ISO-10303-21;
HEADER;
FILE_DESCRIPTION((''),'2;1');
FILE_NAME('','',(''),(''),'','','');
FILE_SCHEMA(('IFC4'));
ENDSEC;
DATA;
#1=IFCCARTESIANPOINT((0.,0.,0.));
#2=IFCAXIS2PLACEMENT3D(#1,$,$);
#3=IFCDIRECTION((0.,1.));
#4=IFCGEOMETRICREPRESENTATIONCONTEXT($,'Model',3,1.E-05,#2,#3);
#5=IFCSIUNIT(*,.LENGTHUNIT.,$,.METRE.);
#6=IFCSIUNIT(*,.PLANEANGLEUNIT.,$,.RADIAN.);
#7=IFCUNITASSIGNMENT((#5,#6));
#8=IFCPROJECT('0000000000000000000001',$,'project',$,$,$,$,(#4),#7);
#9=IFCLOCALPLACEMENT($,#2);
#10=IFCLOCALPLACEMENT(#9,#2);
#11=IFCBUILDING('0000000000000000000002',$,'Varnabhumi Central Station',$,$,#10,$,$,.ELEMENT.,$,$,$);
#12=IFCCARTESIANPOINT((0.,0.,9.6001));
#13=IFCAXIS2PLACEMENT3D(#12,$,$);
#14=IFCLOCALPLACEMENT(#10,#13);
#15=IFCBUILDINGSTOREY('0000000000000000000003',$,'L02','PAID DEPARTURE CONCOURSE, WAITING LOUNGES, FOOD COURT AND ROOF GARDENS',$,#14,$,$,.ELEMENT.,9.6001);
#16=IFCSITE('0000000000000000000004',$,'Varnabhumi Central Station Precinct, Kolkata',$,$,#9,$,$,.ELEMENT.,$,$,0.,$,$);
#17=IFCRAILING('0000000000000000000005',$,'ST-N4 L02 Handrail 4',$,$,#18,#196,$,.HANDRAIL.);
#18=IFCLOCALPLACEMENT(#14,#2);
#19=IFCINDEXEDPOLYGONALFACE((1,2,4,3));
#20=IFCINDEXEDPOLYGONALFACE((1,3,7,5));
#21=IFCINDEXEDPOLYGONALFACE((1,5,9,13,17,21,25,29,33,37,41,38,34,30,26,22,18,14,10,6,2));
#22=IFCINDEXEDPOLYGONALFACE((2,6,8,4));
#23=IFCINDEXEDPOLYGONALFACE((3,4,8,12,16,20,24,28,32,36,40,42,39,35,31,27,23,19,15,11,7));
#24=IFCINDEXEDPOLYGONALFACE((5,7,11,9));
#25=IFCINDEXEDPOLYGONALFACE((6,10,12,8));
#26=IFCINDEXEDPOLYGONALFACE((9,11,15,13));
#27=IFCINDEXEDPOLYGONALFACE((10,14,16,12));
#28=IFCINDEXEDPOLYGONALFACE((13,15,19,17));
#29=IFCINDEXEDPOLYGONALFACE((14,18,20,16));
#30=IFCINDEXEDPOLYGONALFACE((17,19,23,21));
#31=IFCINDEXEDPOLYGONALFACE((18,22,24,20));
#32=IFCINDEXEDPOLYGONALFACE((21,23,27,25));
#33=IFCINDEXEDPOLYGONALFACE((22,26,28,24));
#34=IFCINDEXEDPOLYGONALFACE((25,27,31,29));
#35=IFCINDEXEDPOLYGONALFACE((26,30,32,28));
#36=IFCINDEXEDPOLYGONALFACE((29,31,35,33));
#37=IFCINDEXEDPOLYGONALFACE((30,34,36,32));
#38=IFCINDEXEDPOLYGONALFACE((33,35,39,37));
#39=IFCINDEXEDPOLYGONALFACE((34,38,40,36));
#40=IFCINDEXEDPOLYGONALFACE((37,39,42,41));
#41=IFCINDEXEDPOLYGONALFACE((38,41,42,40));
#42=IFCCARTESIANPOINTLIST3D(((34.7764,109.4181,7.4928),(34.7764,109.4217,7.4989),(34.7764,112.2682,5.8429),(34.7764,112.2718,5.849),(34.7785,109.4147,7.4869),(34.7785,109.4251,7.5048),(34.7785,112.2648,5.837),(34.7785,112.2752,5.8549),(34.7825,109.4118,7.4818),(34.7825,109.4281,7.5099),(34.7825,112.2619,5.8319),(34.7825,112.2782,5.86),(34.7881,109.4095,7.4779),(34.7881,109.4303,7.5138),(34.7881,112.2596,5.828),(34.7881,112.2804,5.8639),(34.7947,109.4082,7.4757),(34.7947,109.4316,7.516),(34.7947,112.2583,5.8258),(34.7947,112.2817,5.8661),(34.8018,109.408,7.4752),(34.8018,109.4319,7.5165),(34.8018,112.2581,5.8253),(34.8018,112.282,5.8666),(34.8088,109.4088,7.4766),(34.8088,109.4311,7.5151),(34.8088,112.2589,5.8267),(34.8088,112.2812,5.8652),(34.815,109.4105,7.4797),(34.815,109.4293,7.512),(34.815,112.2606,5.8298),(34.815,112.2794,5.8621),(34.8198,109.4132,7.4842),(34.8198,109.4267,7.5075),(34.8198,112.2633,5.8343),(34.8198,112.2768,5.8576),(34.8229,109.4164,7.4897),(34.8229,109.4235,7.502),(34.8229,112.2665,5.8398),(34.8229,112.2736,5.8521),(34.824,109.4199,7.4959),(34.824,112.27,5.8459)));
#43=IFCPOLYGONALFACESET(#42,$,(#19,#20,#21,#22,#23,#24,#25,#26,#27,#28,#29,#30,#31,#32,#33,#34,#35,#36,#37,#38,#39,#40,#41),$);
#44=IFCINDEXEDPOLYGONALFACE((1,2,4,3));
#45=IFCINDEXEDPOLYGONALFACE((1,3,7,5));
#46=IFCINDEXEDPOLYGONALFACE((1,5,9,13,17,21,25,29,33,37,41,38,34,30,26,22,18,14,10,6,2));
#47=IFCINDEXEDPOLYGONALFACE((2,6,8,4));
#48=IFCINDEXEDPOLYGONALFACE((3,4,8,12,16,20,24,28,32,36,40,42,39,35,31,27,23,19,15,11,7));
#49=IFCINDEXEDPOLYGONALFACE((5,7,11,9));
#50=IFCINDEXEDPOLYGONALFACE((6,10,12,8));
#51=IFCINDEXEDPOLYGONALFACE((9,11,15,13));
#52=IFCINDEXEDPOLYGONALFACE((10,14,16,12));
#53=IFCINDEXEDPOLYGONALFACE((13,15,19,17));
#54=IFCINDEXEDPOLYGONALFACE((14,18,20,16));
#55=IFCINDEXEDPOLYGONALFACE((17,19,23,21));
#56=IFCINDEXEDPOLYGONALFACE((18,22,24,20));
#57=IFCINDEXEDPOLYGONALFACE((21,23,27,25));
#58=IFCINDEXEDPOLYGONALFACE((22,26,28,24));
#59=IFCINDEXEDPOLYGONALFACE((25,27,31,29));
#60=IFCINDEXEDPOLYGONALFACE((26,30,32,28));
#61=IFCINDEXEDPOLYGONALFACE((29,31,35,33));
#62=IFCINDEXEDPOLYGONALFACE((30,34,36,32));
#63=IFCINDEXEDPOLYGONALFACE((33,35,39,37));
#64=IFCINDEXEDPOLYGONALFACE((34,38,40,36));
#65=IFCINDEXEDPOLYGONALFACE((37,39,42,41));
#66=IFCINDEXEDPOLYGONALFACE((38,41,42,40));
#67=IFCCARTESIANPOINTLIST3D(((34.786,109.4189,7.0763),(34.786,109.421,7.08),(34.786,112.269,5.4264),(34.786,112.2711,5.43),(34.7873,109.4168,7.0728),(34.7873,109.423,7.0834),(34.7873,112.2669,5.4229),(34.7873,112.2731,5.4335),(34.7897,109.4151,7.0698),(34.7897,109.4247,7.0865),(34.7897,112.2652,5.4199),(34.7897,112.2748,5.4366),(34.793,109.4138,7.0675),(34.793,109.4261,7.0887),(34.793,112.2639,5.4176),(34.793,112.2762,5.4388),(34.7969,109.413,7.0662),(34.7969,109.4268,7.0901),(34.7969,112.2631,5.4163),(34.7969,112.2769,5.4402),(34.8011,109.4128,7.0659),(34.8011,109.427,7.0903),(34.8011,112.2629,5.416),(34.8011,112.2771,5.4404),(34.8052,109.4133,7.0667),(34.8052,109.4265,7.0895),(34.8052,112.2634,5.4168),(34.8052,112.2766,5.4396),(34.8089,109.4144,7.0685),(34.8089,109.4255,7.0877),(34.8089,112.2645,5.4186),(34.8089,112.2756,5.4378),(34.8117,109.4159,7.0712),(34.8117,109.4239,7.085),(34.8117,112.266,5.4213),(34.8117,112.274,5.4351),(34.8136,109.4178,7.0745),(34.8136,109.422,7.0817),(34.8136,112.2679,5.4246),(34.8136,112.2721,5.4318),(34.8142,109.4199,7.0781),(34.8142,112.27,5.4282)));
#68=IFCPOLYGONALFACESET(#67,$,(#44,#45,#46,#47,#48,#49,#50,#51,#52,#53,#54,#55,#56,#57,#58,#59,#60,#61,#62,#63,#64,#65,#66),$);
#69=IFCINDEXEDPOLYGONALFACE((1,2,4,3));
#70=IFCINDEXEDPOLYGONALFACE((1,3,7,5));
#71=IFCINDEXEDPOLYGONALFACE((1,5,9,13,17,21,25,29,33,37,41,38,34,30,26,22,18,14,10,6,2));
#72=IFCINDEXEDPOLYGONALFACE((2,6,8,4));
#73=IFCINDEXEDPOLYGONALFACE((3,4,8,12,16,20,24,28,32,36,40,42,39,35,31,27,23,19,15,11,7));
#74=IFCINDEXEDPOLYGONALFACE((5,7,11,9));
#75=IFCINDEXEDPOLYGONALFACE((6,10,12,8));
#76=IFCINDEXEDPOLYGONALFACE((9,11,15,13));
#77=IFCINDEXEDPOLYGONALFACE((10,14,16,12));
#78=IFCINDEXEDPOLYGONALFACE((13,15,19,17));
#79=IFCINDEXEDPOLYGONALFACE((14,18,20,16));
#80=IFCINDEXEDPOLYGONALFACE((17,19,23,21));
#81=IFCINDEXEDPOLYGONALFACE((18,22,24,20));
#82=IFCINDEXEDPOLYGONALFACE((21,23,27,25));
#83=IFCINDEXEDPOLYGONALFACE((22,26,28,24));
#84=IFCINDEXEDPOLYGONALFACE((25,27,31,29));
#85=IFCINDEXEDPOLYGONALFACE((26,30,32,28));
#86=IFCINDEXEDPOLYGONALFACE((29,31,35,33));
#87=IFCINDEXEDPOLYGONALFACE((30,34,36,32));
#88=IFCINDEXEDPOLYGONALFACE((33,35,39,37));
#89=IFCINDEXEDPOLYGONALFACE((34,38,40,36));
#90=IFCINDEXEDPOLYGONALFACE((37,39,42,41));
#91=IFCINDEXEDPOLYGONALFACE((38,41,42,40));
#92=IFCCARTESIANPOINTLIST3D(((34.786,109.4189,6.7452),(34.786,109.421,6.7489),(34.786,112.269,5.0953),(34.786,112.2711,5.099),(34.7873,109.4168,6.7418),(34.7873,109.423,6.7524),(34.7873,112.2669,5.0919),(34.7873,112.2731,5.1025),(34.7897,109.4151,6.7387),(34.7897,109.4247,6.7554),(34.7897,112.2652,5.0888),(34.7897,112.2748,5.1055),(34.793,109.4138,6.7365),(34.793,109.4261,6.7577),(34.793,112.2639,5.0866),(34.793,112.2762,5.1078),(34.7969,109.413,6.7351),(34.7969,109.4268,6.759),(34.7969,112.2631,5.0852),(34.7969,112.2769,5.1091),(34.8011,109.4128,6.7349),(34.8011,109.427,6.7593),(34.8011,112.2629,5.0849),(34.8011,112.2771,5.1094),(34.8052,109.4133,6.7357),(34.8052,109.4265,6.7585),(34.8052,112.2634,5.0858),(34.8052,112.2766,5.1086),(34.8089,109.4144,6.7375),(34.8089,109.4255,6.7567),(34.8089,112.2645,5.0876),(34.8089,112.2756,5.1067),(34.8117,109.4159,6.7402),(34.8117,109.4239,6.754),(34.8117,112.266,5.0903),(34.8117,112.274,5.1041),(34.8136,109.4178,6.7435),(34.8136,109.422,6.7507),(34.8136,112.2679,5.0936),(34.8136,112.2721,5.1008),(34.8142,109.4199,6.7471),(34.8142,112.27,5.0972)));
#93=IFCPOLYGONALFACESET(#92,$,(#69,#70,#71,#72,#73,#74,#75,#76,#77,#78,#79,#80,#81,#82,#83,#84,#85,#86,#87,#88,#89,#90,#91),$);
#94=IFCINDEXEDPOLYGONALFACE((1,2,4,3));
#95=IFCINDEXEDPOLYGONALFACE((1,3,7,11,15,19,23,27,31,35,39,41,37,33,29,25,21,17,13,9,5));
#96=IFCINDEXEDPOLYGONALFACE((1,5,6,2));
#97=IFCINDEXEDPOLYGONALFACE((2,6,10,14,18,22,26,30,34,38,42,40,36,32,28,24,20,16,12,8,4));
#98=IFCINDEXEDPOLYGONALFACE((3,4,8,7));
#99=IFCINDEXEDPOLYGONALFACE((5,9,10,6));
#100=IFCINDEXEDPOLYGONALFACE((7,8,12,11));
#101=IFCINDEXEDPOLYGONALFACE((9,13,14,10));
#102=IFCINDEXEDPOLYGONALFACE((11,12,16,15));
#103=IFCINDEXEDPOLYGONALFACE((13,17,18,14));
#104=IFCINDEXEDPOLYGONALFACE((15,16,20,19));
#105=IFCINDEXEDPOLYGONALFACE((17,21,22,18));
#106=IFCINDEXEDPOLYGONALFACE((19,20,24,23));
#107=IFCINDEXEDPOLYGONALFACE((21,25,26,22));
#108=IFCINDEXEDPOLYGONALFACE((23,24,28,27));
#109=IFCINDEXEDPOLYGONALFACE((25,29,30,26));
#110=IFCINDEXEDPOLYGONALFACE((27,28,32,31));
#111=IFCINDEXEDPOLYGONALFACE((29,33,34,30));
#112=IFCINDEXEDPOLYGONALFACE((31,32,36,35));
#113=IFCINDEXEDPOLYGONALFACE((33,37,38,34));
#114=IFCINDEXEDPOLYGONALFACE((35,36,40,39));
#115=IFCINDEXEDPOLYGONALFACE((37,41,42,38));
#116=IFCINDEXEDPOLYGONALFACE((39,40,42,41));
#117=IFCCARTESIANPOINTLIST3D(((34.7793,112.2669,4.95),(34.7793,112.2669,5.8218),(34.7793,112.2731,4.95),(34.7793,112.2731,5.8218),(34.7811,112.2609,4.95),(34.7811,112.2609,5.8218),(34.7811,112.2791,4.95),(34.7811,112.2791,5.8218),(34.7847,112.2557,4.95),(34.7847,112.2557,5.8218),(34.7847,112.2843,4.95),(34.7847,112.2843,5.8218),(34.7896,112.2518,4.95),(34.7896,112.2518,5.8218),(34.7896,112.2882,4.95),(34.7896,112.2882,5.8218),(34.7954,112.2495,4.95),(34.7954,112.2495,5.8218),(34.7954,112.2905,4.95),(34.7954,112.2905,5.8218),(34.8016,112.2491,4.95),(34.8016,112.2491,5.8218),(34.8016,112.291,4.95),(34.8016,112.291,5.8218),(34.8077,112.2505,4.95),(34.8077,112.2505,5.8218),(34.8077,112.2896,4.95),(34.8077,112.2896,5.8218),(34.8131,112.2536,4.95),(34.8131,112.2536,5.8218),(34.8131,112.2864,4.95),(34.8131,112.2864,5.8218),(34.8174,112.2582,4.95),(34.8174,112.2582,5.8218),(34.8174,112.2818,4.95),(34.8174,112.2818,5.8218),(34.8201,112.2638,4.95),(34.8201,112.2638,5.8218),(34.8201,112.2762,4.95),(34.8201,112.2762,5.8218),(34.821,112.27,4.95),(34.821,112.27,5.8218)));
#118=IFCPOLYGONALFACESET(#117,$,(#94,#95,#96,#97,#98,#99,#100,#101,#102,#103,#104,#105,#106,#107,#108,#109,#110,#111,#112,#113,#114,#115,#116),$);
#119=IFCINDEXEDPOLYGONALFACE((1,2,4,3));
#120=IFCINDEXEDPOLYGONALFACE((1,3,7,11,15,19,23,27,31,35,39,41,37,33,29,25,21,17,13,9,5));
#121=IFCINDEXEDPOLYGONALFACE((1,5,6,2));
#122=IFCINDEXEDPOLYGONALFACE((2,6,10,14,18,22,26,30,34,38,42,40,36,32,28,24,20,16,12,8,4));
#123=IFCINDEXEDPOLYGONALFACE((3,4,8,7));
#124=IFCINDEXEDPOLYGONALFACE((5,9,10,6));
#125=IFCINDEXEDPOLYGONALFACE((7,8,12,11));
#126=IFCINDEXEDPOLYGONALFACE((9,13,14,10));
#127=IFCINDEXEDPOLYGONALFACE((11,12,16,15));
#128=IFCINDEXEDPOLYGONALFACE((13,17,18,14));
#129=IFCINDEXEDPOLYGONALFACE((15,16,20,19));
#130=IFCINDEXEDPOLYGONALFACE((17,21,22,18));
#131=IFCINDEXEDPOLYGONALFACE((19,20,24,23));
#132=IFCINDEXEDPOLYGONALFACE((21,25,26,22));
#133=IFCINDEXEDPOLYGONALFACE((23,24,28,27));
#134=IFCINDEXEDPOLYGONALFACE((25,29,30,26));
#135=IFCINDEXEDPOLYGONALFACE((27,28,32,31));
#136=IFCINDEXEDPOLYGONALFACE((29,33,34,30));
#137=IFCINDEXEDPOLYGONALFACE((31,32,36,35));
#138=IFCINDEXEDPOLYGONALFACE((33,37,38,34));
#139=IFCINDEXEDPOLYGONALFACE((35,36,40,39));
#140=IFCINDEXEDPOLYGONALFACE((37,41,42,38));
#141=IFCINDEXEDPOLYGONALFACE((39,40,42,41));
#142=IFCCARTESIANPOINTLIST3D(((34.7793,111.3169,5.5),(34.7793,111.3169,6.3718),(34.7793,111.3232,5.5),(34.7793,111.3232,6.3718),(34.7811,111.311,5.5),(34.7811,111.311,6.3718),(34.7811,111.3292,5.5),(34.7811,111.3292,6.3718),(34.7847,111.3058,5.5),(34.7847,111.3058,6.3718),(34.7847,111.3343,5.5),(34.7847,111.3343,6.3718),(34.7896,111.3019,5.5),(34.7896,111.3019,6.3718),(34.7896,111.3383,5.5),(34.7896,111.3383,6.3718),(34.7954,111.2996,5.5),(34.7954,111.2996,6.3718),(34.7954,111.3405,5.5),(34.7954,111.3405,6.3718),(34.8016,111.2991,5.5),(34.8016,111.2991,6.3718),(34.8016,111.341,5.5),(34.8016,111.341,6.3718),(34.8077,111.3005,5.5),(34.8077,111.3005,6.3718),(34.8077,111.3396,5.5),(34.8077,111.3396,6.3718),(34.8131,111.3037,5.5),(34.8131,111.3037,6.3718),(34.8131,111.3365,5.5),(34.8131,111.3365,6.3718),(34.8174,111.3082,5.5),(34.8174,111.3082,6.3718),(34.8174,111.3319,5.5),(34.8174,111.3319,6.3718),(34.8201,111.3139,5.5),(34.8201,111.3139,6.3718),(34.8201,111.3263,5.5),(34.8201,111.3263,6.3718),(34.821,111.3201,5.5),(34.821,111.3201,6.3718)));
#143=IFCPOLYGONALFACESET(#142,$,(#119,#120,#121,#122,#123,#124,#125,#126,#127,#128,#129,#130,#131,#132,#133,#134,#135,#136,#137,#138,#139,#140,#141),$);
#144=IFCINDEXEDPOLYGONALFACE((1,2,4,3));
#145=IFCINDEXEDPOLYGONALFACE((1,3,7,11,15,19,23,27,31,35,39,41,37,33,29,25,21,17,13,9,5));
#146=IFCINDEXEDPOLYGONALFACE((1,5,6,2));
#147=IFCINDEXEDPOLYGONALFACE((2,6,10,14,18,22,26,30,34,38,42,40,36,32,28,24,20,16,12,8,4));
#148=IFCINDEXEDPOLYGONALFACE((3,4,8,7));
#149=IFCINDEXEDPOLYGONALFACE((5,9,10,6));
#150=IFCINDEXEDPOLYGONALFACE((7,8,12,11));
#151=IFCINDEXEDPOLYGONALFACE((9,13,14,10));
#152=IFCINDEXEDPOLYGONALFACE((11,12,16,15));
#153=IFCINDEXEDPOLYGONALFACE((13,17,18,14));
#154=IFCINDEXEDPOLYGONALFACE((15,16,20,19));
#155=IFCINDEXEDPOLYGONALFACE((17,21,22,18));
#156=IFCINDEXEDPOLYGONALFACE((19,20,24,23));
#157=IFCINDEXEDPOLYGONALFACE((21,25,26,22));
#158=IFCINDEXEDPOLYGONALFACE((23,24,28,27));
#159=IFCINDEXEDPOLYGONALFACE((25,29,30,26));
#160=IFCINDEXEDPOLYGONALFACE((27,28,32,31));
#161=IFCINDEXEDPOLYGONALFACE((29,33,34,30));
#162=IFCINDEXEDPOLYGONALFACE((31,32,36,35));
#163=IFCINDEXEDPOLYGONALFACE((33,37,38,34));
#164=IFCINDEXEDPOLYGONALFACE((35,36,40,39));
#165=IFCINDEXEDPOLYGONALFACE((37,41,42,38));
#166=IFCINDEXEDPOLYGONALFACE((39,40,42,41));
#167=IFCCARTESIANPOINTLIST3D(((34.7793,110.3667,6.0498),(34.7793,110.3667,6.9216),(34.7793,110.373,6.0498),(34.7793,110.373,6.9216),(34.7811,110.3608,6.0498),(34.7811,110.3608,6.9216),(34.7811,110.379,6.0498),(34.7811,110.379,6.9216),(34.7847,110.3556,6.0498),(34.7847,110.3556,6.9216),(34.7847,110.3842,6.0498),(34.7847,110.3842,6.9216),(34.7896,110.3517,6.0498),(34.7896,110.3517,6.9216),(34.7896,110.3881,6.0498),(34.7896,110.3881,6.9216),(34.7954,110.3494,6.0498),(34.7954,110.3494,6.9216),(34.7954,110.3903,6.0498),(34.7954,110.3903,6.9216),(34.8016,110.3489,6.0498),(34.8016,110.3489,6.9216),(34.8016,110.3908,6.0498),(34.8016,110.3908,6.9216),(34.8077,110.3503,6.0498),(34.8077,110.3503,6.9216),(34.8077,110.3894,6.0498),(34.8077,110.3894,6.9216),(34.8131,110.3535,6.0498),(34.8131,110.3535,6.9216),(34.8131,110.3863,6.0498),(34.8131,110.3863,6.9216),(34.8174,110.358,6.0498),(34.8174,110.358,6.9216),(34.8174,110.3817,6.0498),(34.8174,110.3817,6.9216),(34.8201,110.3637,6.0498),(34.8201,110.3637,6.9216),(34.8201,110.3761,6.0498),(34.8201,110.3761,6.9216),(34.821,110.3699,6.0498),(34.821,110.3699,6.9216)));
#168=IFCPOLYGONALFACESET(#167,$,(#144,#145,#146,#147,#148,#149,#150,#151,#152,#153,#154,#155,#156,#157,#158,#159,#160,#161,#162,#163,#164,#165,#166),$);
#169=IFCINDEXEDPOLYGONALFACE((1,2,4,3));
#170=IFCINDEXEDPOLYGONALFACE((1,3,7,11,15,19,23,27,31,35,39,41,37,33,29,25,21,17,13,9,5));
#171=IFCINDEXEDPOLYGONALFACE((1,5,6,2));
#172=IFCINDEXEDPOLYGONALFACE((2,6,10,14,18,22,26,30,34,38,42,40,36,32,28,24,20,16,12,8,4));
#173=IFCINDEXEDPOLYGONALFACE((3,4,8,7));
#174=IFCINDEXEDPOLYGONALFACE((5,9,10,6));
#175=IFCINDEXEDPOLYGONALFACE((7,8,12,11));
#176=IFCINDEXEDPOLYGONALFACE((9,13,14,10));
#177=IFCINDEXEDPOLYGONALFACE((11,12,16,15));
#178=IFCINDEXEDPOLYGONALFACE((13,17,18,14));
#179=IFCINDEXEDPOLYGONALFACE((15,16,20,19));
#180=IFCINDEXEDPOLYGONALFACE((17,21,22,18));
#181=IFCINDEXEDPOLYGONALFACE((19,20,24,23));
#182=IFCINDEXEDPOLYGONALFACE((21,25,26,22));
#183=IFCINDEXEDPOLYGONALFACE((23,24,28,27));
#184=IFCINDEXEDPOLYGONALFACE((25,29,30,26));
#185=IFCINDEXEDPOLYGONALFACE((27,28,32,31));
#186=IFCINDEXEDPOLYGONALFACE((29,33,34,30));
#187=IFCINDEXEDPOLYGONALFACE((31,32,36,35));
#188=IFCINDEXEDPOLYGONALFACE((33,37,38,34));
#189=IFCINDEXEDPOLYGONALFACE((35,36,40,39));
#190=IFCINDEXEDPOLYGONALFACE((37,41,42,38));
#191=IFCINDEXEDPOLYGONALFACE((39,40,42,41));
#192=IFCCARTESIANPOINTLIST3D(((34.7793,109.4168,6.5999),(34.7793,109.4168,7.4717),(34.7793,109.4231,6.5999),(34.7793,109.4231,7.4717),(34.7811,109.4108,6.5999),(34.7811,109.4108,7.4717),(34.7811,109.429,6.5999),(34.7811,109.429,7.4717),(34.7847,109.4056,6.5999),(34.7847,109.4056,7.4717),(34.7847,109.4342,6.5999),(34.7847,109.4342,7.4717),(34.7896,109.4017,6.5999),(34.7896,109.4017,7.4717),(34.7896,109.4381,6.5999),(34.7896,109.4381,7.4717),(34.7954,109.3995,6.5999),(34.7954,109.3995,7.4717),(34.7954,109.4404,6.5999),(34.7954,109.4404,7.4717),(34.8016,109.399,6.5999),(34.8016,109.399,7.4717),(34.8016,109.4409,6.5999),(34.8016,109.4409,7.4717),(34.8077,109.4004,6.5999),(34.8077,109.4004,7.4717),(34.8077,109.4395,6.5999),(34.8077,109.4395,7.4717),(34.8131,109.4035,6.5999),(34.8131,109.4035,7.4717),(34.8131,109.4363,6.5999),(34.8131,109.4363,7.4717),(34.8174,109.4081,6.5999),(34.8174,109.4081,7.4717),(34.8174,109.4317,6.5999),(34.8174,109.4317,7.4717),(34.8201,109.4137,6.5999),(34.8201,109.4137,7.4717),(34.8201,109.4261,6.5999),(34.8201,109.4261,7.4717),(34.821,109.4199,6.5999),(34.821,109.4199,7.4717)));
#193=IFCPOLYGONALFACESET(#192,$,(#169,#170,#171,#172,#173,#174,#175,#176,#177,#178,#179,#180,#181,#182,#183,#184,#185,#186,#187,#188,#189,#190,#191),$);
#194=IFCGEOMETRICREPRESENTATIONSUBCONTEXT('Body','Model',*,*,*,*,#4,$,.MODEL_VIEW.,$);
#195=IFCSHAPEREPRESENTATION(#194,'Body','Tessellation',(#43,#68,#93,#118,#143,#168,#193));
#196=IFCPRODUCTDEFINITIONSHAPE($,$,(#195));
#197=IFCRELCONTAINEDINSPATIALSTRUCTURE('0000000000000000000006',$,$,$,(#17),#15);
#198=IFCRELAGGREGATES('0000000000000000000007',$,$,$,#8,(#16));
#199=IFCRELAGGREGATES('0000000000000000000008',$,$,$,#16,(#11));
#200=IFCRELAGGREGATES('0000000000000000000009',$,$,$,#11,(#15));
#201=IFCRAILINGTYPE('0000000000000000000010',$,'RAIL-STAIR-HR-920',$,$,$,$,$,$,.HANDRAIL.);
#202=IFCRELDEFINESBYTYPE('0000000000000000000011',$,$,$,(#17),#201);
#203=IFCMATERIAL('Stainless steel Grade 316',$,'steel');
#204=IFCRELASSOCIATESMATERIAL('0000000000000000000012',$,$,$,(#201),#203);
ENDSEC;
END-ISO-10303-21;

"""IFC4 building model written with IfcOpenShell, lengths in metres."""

from ifc_helpers import new_model, si_unit, direction, frame, origin, origin_2d, place, context, subcontext, project, spatial, circle, extrude, material, type_object, element, save


model = new_model("IFC4")

# Units and contexts
model_context = context("Model", 3, precision=1e-05, world=origin(), true_north=direction((0.0, 1.0)))
body_context = subcontext(model_context, "Body", "Model", "MODEL_VIEW")
ifc_project = project(units=[si_unit("LENGTHUNIT", "METRE"), si_unit("PLANEANGLEUNIT", "RADIAN")], contexts=[model_context])

# Site, building, storey
site_placement = place(None, origin())
site = spatial("IfcSite", under=ifc_project, at=site_placement, Name="Varnabhumi Central Station Precinct, Kolkata", CompositionType="ELEMENT", RefElevation=0.0)
building_placement = place(site_placement, origin())
building = spatial("IfcBuilding", under=site, at=building_placement, Name="Varnabhumi Central Station", CompositionType="ELEMENT")
storey_placement = place(building_placement, frame((0.0, 0.0, 9.6001)))
storey = spatial("IfcBuildingStorey", under=building, at=storey_placement, Name="L02", Description="PAID DEPARTURE CONCOURSE, WAITING LOUNGES, FOOD COURT AND ROOF GARDENS", CompositionType="ELEMENT", Elevation=9.6001)

# Shared definitions
ifc_material_1 = material(Name="Stainless steel Grade 316", Category="steel")

# Railing
railing_type_1 = type_object("IfcRailingType", Name="RAIL-STAIR-HR-920", PredefinedType="HANDRAIL", material=ifc_material_1)
railing_1_placement = place(storey_placement, frame((34.8, 112.27, 4.95)))
element("IfcRailing", 1, at=railing_1_placement, inside=storey, type_object=railing_type_1, Name="ST-N4 L02 Handrail 4", PredefinedType="HANDRAIL", context=body_context, shape_type="SweptSolid", body=[
    extrude(circle(Radius=0.0239, at=origin_2d()), frame((0.0, 0.0, 0.896), z_axis=(0.0, -0.865447, 0.501001), x_axis=(1.0, 0.0, 0.0)), (0.0, 0.0, 1.0), 3.2932),
    extrude(circle(Radius=0.0142, at=origin_2d()), frame((0.0, 0.0, 0.4783), z_axis=(0.0, -0.865447, 0.501001), x_axis=(1.0, 0.0, 0.0)), (0.0, 0.0, 1.0), 3.2932),
    extrude(circle(Radius=0.0142, at=origin_2d()), frame((0.0, 0.0, 0.1472), z_axis=(0.0, -0.865447, 0.501001), x_axis=(1.0, 0.0, 0.0)), (0.0, 0.0, 1.0), 3.2932),
    extrude(circle(Radius=0.021, at=origin_2d()), origin(), (0.0, 0.0, 1.0), 0.8718),
    extrude(circle(Radius=0.021, at=origin_2d()), frame((0.0, -0.95, 0.55)), (0.0, 0.0, 1.0), 0.8718),
    extrude(circle(Radius=0.021, at=origin_2d()), frame((0.0, -1.9001, 1.0999)), (0.0, 0.0, 1.0), 0.8718),
    extrude(circle(Radius=0.021, at=origin_2d()), frame((0.0, -2.8501, 1.6499)), (0.0, 0.0, 1.0), 0.8718),
])

save(model, "model.ifc")
